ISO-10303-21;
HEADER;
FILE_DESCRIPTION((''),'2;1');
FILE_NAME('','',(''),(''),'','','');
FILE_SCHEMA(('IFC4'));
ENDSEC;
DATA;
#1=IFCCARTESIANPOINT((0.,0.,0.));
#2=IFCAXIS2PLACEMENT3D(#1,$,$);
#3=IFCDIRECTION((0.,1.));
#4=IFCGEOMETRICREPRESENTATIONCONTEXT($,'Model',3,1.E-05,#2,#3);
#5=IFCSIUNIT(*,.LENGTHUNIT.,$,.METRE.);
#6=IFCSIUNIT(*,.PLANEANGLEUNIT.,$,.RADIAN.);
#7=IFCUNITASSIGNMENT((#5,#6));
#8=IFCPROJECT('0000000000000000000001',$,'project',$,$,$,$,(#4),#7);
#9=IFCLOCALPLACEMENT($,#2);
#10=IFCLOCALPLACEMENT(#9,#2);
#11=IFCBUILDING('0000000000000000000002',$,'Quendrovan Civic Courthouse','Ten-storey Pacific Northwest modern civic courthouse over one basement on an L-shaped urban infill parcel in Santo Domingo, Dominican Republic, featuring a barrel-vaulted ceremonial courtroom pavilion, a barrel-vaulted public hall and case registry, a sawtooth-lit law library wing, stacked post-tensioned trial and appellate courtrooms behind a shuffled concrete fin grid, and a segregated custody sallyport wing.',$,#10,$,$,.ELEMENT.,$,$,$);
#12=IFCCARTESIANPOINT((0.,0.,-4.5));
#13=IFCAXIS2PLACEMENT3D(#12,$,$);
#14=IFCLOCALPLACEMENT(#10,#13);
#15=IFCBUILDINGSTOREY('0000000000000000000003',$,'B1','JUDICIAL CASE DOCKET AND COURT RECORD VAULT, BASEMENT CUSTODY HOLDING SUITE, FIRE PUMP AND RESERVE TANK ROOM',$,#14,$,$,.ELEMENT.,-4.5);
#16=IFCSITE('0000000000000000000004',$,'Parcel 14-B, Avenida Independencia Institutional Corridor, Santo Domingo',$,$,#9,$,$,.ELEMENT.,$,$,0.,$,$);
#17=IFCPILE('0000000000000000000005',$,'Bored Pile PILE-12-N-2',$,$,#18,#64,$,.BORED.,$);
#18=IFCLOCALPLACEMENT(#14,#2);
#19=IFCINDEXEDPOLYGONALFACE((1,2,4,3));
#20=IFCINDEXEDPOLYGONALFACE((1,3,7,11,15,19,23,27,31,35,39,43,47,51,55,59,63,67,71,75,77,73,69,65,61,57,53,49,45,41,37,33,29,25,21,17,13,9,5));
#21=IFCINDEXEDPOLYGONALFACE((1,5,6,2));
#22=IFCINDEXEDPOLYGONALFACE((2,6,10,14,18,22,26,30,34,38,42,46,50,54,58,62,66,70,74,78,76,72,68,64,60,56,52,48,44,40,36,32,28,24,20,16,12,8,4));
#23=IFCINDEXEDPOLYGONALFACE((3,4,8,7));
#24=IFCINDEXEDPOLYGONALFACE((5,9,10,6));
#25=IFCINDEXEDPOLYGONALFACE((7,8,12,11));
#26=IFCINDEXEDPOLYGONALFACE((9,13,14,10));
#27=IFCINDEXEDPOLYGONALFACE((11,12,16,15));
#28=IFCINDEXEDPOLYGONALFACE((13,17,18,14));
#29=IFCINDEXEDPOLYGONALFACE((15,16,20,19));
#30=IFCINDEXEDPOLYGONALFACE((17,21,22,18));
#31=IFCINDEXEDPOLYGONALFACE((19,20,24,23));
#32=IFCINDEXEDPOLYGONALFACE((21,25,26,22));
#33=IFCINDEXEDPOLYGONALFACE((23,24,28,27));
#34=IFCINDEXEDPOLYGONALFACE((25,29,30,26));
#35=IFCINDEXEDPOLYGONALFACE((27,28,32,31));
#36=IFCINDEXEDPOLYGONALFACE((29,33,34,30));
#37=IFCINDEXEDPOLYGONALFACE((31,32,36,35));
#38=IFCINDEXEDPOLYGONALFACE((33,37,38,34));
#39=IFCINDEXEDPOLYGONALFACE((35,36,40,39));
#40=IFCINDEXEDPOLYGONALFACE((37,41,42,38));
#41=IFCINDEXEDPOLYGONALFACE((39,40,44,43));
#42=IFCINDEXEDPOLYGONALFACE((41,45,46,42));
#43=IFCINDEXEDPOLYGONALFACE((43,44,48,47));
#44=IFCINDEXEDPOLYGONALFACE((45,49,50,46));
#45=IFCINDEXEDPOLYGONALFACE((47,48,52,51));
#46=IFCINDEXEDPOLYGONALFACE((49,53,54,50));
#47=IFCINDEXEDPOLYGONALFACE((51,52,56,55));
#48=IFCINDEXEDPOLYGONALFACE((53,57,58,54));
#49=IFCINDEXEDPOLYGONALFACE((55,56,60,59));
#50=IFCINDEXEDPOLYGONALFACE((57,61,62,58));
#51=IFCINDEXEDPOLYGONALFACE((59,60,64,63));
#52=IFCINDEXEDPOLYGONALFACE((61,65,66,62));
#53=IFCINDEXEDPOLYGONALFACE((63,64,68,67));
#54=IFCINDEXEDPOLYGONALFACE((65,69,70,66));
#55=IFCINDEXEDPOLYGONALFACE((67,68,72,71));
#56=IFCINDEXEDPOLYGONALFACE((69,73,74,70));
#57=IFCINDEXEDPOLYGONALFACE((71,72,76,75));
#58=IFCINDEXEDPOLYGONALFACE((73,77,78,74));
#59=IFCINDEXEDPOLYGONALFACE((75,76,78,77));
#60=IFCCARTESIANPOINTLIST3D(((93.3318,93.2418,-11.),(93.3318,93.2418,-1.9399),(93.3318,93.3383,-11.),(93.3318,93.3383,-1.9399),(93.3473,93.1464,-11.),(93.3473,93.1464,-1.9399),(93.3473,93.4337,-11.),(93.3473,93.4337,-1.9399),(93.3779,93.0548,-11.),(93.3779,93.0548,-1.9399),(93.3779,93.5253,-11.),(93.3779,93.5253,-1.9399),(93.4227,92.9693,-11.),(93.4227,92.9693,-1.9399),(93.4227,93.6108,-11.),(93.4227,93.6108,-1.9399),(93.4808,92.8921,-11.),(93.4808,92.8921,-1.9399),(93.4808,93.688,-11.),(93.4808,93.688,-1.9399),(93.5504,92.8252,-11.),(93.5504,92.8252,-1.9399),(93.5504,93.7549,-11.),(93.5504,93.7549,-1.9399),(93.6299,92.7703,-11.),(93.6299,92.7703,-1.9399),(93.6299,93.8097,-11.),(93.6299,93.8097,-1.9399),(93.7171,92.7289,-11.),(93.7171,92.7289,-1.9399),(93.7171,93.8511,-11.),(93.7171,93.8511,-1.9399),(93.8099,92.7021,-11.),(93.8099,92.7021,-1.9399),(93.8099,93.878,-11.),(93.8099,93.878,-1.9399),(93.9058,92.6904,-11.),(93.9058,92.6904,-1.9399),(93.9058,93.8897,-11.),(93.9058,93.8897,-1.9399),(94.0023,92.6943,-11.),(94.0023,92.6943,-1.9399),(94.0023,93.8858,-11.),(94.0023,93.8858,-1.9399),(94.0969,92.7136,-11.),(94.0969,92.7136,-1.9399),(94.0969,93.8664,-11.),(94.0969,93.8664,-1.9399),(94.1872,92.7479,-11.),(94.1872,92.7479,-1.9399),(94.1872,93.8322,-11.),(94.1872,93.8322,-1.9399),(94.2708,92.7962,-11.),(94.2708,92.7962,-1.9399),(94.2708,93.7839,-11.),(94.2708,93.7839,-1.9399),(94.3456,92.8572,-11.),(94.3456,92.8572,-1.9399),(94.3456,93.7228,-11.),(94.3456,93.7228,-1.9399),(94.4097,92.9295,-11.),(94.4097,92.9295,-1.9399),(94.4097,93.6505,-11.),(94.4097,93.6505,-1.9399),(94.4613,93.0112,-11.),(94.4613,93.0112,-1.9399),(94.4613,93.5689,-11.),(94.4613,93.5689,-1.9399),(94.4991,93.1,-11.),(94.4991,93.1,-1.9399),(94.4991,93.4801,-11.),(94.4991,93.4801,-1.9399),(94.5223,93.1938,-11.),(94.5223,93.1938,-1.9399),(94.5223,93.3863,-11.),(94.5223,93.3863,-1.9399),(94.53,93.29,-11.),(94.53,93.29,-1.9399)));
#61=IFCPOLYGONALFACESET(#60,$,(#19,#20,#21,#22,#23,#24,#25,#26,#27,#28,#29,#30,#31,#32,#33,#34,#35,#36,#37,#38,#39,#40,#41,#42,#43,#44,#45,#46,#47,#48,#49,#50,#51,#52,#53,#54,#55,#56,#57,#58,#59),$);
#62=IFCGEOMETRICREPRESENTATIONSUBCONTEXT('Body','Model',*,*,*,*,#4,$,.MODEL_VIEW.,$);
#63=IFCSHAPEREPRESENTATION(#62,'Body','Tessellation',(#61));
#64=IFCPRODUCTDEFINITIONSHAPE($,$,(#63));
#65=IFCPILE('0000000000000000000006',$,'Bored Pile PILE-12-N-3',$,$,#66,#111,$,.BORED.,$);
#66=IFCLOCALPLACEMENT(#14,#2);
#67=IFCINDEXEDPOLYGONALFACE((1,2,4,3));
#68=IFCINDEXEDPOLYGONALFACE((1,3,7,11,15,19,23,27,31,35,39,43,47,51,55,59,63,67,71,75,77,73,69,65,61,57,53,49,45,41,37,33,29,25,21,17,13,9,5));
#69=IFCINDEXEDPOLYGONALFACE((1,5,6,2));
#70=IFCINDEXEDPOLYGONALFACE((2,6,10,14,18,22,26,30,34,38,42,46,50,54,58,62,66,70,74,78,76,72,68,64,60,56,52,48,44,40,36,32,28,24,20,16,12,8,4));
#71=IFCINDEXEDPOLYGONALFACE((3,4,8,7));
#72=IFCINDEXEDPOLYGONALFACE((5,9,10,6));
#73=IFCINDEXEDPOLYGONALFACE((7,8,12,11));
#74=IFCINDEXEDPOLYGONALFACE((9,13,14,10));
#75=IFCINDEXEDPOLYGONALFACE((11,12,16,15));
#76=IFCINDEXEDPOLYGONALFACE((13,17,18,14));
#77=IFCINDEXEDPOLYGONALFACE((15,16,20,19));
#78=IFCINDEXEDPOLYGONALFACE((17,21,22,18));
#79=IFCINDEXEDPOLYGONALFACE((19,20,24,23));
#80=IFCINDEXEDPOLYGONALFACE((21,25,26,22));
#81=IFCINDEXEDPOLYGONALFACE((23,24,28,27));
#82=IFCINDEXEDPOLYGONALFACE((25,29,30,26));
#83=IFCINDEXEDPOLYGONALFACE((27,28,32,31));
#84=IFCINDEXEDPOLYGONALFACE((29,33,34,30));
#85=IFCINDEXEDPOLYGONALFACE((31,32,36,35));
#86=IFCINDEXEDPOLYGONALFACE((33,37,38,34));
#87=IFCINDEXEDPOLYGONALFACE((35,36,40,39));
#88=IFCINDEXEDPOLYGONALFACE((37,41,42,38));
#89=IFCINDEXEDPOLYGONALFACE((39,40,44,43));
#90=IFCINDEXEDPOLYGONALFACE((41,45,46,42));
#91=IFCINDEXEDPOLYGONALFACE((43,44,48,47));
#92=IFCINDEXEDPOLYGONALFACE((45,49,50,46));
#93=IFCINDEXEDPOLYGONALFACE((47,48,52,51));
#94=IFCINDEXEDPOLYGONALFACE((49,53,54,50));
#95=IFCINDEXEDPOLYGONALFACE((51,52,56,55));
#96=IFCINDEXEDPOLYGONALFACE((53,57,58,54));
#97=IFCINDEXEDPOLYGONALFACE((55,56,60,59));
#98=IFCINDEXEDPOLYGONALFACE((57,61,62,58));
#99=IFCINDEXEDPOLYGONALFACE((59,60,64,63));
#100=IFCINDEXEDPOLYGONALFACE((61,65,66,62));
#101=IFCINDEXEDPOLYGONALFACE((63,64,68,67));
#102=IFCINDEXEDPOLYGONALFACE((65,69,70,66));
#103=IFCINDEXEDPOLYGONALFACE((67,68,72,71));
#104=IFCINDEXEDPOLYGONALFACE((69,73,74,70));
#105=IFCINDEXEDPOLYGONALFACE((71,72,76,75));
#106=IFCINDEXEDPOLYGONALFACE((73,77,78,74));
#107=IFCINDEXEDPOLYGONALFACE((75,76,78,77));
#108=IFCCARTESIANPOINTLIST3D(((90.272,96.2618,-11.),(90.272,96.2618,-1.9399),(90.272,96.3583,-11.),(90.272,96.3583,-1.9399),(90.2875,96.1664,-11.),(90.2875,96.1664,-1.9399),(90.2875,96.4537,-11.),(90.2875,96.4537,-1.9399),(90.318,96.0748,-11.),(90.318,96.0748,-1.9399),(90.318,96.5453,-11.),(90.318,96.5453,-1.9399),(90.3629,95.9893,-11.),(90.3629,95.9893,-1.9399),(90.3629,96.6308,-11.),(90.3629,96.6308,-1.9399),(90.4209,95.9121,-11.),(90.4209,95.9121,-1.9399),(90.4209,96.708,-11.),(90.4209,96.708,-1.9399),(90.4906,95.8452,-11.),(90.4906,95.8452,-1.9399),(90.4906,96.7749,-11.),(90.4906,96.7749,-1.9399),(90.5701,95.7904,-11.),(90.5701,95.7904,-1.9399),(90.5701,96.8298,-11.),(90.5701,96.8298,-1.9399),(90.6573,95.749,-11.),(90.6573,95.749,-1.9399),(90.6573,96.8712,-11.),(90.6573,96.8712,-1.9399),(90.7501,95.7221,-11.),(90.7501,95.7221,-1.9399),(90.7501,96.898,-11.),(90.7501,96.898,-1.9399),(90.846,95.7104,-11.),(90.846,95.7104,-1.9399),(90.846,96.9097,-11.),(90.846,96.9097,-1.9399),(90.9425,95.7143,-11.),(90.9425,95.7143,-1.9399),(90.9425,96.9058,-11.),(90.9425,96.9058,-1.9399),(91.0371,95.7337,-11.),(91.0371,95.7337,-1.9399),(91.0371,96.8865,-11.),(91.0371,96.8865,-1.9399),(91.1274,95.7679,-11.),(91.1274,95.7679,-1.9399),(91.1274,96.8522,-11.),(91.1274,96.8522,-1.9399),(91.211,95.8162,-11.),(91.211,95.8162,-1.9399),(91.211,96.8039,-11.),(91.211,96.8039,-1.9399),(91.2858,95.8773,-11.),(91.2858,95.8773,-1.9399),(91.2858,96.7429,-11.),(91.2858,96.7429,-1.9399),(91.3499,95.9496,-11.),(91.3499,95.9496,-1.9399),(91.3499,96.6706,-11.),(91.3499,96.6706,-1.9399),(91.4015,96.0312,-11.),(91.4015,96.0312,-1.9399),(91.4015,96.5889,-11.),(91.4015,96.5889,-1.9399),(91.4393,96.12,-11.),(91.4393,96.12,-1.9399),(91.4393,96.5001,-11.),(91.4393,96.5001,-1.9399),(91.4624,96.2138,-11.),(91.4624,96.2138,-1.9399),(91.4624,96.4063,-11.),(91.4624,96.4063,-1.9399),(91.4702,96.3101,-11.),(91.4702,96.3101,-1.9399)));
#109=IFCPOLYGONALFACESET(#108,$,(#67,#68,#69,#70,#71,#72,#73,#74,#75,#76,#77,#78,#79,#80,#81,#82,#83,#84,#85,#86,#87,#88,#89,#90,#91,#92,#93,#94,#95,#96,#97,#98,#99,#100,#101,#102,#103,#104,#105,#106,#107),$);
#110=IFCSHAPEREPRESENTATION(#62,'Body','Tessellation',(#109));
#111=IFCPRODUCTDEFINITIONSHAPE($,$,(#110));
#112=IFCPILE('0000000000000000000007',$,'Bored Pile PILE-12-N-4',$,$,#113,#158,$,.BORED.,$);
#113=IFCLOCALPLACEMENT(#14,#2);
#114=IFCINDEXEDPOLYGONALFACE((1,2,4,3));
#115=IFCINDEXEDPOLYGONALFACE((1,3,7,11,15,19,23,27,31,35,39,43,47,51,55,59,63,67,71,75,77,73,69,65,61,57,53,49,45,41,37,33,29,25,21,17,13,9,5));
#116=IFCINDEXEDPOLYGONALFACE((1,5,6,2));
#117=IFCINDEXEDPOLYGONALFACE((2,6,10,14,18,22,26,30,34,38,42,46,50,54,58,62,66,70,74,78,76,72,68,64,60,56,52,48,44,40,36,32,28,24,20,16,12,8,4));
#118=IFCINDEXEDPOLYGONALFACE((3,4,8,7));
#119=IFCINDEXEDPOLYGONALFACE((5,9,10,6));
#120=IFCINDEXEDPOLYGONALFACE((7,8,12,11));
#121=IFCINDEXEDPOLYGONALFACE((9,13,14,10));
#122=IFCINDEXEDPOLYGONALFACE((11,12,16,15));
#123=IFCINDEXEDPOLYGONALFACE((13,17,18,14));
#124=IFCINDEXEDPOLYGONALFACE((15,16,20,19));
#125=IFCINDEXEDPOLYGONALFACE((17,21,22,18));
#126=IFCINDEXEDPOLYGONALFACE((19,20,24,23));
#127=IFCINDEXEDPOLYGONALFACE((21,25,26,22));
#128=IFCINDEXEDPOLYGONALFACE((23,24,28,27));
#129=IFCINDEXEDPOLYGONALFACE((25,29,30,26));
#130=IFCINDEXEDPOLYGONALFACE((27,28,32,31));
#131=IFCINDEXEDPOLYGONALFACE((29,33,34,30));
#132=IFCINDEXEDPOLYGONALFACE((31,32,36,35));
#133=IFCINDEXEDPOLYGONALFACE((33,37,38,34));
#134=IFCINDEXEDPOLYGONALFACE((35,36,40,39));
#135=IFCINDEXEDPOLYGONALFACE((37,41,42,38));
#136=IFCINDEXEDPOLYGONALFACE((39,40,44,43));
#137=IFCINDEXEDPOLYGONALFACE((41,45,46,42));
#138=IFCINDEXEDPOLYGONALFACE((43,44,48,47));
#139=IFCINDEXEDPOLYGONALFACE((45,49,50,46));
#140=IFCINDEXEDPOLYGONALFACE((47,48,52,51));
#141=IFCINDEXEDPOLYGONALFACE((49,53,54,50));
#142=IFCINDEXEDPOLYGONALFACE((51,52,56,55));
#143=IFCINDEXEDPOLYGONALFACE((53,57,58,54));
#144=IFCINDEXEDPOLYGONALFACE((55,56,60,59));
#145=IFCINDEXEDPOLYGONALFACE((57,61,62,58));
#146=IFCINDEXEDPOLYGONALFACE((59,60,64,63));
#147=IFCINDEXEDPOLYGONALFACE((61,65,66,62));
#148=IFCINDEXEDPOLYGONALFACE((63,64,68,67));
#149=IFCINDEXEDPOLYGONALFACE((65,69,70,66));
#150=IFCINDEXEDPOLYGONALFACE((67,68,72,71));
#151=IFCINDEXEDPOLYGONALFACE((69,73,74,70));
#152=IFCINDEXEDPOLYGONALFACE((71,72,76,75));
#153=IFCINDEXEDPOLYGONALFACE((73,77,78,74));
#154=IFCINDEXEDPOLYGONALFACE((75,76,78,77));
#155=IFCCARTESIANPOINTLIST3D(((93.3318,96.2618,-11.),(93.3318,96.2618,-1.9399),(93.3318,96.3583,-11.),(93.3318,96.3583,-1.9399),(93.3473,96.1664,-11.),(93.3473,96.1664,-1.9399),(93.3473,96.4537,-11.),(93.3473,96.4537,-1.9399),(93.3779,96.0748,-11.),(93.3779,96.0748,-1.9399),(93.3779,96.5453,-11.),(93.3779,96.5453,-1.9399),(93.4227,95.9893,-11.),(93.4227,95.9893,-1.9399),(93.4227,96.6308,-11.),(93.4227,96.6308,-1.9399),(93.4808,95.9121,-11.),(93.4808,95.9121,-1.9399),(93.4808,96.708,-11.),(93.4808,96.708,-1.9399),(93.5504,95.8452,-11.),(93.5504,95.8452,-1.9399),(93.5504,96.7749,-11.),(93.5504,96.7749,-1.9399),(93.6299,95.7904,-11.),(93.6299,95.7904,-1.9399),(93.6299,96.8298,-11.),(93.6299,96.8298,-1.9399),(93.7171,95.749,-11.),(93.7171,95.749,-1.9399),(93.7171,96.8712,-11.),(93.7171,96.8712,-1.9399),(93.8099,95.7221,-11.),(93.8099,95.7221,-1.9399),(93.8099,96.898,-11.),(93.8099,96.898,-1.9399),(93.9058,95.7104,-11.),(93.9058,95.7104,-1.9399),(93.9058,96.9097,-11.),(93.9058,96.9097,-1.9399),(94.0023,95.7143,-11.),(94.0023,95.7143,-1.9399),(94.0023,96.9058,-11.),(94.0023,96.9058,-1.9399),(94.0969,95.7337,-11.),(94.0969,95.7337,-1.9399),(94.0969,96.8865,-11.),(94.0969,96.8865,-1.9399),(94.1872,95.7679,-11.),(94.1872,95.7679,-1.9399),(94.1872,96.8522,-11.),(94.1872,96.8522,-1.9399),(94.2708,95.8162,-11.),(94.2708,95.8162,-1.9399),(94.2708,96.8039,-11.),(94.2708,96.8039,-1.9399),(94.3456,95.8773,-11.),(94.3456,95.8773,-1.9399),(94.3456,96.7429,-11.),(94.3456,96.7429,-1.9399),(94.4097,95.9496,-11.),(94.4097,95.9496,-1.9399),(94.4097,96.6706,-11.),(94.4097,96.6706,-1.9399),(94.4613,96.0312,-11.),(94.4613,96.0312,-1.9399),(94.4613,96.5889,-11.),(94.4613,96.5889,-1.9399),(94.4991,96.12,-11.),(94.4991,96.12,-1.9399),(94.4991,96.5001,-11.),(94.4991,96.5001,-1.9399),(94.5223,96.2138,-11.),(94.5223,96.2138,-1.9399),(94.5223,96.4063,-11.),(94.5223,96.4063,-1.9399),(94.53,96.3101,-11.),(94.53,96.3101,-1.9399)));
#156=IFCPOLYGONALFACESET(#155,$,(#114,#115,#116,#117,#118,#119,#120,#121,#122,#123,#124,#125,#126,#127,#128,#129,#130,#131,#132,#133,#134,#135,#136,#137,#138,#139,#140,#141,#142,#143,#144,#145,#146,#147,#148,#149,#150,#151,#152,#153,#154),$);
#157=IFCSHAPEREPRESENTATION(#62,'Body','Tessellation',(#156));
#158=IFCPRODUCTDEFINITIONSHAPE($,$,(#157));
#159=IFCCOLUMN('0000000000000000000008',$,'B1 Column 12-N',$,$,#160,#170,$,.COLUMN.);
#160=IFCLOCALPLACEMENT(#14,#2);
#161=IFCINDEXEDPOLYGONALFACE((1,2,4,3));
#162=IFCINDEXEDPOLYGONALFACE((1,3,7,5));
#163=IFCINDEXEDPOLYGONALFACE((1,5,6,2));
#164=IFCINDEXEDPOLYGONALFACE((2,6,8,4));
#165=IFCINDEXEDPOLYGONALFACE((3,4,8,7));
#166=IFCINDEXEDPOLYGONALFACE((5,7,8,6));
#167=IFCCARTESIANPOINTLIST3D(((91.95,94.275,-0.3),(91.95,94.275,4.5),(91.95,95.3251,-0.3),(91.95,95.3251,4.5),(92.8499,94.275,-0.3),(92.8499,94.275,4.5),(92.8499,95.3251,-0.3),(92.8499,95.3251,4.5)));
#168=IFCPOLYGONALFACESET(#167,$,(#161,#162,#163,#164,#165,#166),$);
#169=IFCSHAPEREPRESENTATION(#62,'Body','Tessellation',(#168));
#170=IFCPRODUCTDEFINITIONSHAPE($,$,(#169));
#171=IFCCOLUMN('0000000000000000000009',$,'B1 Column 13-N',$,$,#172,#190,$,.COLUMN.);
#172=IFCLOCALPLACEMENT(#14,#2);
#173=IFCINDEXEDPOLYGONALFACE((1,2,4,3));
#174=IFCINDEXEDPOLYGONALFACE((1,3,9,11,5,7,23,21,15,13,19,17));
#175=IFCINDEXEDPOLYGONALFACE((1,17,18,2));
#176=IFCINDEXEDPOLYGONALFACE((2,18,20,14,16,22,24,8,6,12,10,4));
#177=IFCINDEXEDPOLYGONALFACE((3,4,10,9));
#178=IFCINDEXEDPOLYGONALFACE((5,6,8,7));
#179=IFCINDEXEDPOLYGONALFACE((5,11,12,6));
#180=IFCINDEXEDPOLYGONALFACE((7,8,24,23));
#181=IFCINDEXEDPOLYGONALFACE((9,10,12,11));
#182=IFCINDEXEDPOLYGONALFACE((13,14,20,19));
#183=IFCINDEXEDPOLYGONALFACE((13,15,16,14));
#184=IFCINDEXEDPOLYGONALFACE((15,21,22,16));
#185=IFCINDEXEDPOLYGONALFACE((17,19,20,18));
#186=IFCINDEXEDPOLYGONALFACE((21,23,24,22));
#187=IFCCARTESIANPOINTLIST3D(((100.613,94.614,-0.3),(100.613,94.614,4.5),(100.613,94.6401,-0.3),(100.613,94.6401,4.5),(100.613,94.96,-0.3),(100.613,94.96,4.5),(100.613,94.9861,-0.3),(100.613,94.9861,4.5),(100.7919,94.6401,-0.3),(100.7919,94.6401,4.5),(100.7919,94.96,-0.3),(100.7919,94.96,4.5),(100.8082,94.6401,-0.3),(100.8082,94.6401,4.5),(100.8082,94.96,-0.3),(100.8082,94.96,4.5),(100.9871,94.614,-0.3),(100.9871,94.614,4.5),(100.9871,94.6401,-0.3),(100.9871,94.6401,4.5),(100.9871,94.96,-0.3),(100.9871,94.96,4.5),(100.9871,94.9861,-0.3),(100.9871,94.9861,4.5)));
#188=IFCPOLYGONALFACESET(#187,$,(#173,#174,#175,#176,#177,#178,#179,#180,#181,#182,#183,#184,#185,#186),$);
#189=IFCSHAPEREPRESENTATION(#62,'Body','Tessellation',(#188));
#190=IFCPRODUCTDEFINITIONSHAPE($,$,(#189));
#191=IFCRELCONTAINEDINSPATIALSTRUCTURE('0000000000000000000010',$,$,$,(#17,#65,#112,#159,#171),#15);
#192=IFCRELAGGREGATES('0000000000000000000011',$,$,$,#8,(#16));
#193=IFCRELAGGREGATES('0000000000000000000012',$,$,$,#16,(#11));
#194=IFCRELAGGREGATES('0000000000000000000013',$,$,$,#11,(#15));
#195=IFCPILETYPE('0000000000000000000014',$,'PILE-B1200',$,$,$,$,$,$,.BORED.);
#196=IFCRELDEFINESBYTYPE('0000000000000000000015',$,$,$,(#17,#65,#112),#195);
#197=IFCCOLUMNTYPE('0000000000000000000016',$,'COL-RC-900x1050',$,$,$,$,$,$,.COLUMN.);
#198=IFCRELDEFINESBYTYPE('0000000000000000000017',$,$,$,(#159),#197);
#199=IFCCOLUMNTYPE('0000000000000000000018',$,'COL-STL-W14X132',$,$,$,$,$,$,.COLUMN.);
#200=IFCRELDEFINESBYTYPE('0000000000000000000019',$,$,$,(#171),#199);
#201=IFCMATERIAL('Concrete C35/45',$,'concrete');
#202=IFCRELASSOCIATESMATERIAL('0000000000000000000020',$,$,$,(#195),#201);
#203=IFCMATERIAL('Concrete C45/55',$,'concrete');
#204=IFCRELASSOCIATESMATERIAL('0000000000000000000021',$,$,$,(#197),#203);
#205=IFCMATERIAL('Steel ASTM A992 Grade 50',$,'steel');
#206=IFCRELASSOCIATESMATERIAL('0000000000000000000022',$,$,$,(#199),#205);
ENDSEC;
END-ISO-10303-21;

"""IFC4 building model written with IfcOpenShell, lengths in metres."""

from ifc_helpers import new_model, si_unit, direction, frame, origin, origin_2d, place, context, subcontext, project, spatial, rectangle, circle, i_section, extrude, material, material_profile, profile_set, type_object, element, save


model = new_model("IFC4")

# Units and contexts
model_context = context("Model", 3, precision=1e-05, world=origin(), true_north=direction((0.0, 1.0)))
body_context = subcontext(model_context, "Body", "Model", "MODEL_VIEW")
ifc_project = project(units=[si_unit("LENGTHUNIT", "METRE"), si_unit("PLANEANGLEUNIT", "RADIAN")], contexts=[model_context])

# Site, building, storey
site_placement = place(None, origin())
site = spatial("IfcSite", under=ifc_project, at=site_placement, Name="Parcel 14-B, Avenida Independencia Institutional Corridor, Santo Domingo", CompositionType="ELEMENT", RefElevation=0.0)
building_placement = place(site_placement, origin())
building = spatial("IfcBuilding", under=site, at=building_placement, Name="Quendrovan Civic Courthouse", Description="Ten-storey Pacific Northwest modern civic courthouse over one basement on an L-shaped urban infill parcel in Santo Domingo, Dominican Republic, featuring a barrel-vaulted ceremonial courtroom pavilion, a barrel-vaulted public hall and case registry, a sawtooth-lit law library wing, stacked post-tensioned trial and appellate courtrooms behind a shuffled concrete fin grid, and a segregated custody sallyport wing.", CompositionType="ELEMENT")
storey_placement = place(building_placement, frame((0.0, 0.0, -4.5)))
storey = spatial("IfcBuildingStorey", under=building, at=storey_placement, Name="B1", Description="JUDICIAL CASE DOCKET AND COURT RECORD VAULT, BASEMENT CUSTODY HOLDING SUITE, FIRE PUMP AND RESERVE TANK ROOM", CompositionType="ELEMENT", Elevation=-4.5)

# Shared definitions
ifc_material_1 = material(Name="Concrete C35/45", Category="concrete")

# Piles
ifc_material_profile_1 = material_profile(ifc_material_1, circle(Radius=0.6001, at=origin_2d()), Name="PILE-D1200")
ifc_profile_set_1 = profile_set([ifc_material_profile_1], Name="Concrete C35/45")
pile_type_1 = type_object("IfcPileType", Name="PILE-B1200", PredefinedType="BORED", material=ifc_profile_set_1)
for number, where, z_axis, x_axis, name in (
    (1, (93.9299, 93.29, -1.9399), (0.0, 0.0, -1.0), (1.0, 0.0, 0.0), "Bored Pile PILE-12-N-2"),
    (2, (90.8701, 96.3101, -1.9399), (0.0, 0.0, -1.0), (1.0, 0.0, 0.0), "Bored Pile PILE-12-N-3"),
    (3, (93.9299, 96.3101, -1.9399), (0.0, 0.0, -1.0), (1.0, 0.0, 0.0), "Bored Pile PILE-12-N-4"),
):
    element("IfcPile", number, at=place(storey_placement, frame(where, z_axis=z_axis, x_axis=x_axis)), inside=storey, type_object=pile_type_1, Name=name, PredefinedType="BORED", context=body_context, shape_type="SweptSolid", body=[
        extrude(circle(Radius=0.6001, at=origin_2d()), origin(), (0.0, 0.0, 1.0), 9.0601),
    ])

# Columns
ifc_material_2 = material(Name="Concrete C45/55", Category="concrete")
ifc_material_profile_2 = material_profile(ifc_material_2, rectangle(XDim=0.8999, YDim=1.05, at=origin_2d()), Name="RC-COL-900x1050")
ifc_profile_set_2 = profile_set([ifc_material_profile_2], Name="Concrete C45/55")
column_type_1 = type_object("IfcColumnType", Name="COL-RC-900x1050", PredefinedType="COLUMN", material=ifc_profile_set_2)
column_1_placement = place(storey_placement, frame((92.3999, 94.8, -0.3), z_axis=(0.0, 0.0, 1.0), x_axis=(1.0, 0.0, 0.0)))
element("IfcColumn", 4, at=column_1_placement, inside=storey, type_object=column_type_1, Name="B1 Column 12-N", PredefinedType="COLUMN", context=body_context, shape_type="SweptSolid", body=[
    extrude(rectangle(XDim=0.8999, YDim=1.05, at=origin_2d()), origin(), (0.0, 0.0, 1.0), 4.8),
])
ifc_material_3 = material(Name="Steel ASTM A992 Grade 50", Category="steel")
ifc_material_profile_3 = material_profile(ifc_material_3, i_section(OverallWidth=0.374, OverallDepth=0.3721, WebThickness=0.0164, FlangeThickness=0.0261, at=origin_2d()), Name="W14X132")
ifc_profile_set_3 = profile_set([ifc_material_profile_3], Name="Steel ASTM A992 Grade 50")
column_type_2 = type_object("IfcColumnType", Name="COL-STL-W14X132", PredefinedType="COLUMN", material=ifc_profile_set_3)
column_2_placement = place(storey_placement, frame((100.8, 94.8, -0.3), z_axis=(0.0, 0.0, 1.0), x_axis=(1.0, 0.0, 0.0)))
element("IfcColumn", 5, at=column_2_placement, inside=storey, type_object=column_type_2, Name="B1 Column 13-N", PredefinedType="COLUMN", context=body_context, shape_type="SweptSolid", body=[
    extrude(i_section(OverallWidth=0.374, OverallDepth=0.3721, WebThickness=0.0164, FlangeThickness=0.0261, at=origin_2d()), origin(), (0.0, 0.0, 1.0), 4.8),
])

save(model, "model.ifc")
